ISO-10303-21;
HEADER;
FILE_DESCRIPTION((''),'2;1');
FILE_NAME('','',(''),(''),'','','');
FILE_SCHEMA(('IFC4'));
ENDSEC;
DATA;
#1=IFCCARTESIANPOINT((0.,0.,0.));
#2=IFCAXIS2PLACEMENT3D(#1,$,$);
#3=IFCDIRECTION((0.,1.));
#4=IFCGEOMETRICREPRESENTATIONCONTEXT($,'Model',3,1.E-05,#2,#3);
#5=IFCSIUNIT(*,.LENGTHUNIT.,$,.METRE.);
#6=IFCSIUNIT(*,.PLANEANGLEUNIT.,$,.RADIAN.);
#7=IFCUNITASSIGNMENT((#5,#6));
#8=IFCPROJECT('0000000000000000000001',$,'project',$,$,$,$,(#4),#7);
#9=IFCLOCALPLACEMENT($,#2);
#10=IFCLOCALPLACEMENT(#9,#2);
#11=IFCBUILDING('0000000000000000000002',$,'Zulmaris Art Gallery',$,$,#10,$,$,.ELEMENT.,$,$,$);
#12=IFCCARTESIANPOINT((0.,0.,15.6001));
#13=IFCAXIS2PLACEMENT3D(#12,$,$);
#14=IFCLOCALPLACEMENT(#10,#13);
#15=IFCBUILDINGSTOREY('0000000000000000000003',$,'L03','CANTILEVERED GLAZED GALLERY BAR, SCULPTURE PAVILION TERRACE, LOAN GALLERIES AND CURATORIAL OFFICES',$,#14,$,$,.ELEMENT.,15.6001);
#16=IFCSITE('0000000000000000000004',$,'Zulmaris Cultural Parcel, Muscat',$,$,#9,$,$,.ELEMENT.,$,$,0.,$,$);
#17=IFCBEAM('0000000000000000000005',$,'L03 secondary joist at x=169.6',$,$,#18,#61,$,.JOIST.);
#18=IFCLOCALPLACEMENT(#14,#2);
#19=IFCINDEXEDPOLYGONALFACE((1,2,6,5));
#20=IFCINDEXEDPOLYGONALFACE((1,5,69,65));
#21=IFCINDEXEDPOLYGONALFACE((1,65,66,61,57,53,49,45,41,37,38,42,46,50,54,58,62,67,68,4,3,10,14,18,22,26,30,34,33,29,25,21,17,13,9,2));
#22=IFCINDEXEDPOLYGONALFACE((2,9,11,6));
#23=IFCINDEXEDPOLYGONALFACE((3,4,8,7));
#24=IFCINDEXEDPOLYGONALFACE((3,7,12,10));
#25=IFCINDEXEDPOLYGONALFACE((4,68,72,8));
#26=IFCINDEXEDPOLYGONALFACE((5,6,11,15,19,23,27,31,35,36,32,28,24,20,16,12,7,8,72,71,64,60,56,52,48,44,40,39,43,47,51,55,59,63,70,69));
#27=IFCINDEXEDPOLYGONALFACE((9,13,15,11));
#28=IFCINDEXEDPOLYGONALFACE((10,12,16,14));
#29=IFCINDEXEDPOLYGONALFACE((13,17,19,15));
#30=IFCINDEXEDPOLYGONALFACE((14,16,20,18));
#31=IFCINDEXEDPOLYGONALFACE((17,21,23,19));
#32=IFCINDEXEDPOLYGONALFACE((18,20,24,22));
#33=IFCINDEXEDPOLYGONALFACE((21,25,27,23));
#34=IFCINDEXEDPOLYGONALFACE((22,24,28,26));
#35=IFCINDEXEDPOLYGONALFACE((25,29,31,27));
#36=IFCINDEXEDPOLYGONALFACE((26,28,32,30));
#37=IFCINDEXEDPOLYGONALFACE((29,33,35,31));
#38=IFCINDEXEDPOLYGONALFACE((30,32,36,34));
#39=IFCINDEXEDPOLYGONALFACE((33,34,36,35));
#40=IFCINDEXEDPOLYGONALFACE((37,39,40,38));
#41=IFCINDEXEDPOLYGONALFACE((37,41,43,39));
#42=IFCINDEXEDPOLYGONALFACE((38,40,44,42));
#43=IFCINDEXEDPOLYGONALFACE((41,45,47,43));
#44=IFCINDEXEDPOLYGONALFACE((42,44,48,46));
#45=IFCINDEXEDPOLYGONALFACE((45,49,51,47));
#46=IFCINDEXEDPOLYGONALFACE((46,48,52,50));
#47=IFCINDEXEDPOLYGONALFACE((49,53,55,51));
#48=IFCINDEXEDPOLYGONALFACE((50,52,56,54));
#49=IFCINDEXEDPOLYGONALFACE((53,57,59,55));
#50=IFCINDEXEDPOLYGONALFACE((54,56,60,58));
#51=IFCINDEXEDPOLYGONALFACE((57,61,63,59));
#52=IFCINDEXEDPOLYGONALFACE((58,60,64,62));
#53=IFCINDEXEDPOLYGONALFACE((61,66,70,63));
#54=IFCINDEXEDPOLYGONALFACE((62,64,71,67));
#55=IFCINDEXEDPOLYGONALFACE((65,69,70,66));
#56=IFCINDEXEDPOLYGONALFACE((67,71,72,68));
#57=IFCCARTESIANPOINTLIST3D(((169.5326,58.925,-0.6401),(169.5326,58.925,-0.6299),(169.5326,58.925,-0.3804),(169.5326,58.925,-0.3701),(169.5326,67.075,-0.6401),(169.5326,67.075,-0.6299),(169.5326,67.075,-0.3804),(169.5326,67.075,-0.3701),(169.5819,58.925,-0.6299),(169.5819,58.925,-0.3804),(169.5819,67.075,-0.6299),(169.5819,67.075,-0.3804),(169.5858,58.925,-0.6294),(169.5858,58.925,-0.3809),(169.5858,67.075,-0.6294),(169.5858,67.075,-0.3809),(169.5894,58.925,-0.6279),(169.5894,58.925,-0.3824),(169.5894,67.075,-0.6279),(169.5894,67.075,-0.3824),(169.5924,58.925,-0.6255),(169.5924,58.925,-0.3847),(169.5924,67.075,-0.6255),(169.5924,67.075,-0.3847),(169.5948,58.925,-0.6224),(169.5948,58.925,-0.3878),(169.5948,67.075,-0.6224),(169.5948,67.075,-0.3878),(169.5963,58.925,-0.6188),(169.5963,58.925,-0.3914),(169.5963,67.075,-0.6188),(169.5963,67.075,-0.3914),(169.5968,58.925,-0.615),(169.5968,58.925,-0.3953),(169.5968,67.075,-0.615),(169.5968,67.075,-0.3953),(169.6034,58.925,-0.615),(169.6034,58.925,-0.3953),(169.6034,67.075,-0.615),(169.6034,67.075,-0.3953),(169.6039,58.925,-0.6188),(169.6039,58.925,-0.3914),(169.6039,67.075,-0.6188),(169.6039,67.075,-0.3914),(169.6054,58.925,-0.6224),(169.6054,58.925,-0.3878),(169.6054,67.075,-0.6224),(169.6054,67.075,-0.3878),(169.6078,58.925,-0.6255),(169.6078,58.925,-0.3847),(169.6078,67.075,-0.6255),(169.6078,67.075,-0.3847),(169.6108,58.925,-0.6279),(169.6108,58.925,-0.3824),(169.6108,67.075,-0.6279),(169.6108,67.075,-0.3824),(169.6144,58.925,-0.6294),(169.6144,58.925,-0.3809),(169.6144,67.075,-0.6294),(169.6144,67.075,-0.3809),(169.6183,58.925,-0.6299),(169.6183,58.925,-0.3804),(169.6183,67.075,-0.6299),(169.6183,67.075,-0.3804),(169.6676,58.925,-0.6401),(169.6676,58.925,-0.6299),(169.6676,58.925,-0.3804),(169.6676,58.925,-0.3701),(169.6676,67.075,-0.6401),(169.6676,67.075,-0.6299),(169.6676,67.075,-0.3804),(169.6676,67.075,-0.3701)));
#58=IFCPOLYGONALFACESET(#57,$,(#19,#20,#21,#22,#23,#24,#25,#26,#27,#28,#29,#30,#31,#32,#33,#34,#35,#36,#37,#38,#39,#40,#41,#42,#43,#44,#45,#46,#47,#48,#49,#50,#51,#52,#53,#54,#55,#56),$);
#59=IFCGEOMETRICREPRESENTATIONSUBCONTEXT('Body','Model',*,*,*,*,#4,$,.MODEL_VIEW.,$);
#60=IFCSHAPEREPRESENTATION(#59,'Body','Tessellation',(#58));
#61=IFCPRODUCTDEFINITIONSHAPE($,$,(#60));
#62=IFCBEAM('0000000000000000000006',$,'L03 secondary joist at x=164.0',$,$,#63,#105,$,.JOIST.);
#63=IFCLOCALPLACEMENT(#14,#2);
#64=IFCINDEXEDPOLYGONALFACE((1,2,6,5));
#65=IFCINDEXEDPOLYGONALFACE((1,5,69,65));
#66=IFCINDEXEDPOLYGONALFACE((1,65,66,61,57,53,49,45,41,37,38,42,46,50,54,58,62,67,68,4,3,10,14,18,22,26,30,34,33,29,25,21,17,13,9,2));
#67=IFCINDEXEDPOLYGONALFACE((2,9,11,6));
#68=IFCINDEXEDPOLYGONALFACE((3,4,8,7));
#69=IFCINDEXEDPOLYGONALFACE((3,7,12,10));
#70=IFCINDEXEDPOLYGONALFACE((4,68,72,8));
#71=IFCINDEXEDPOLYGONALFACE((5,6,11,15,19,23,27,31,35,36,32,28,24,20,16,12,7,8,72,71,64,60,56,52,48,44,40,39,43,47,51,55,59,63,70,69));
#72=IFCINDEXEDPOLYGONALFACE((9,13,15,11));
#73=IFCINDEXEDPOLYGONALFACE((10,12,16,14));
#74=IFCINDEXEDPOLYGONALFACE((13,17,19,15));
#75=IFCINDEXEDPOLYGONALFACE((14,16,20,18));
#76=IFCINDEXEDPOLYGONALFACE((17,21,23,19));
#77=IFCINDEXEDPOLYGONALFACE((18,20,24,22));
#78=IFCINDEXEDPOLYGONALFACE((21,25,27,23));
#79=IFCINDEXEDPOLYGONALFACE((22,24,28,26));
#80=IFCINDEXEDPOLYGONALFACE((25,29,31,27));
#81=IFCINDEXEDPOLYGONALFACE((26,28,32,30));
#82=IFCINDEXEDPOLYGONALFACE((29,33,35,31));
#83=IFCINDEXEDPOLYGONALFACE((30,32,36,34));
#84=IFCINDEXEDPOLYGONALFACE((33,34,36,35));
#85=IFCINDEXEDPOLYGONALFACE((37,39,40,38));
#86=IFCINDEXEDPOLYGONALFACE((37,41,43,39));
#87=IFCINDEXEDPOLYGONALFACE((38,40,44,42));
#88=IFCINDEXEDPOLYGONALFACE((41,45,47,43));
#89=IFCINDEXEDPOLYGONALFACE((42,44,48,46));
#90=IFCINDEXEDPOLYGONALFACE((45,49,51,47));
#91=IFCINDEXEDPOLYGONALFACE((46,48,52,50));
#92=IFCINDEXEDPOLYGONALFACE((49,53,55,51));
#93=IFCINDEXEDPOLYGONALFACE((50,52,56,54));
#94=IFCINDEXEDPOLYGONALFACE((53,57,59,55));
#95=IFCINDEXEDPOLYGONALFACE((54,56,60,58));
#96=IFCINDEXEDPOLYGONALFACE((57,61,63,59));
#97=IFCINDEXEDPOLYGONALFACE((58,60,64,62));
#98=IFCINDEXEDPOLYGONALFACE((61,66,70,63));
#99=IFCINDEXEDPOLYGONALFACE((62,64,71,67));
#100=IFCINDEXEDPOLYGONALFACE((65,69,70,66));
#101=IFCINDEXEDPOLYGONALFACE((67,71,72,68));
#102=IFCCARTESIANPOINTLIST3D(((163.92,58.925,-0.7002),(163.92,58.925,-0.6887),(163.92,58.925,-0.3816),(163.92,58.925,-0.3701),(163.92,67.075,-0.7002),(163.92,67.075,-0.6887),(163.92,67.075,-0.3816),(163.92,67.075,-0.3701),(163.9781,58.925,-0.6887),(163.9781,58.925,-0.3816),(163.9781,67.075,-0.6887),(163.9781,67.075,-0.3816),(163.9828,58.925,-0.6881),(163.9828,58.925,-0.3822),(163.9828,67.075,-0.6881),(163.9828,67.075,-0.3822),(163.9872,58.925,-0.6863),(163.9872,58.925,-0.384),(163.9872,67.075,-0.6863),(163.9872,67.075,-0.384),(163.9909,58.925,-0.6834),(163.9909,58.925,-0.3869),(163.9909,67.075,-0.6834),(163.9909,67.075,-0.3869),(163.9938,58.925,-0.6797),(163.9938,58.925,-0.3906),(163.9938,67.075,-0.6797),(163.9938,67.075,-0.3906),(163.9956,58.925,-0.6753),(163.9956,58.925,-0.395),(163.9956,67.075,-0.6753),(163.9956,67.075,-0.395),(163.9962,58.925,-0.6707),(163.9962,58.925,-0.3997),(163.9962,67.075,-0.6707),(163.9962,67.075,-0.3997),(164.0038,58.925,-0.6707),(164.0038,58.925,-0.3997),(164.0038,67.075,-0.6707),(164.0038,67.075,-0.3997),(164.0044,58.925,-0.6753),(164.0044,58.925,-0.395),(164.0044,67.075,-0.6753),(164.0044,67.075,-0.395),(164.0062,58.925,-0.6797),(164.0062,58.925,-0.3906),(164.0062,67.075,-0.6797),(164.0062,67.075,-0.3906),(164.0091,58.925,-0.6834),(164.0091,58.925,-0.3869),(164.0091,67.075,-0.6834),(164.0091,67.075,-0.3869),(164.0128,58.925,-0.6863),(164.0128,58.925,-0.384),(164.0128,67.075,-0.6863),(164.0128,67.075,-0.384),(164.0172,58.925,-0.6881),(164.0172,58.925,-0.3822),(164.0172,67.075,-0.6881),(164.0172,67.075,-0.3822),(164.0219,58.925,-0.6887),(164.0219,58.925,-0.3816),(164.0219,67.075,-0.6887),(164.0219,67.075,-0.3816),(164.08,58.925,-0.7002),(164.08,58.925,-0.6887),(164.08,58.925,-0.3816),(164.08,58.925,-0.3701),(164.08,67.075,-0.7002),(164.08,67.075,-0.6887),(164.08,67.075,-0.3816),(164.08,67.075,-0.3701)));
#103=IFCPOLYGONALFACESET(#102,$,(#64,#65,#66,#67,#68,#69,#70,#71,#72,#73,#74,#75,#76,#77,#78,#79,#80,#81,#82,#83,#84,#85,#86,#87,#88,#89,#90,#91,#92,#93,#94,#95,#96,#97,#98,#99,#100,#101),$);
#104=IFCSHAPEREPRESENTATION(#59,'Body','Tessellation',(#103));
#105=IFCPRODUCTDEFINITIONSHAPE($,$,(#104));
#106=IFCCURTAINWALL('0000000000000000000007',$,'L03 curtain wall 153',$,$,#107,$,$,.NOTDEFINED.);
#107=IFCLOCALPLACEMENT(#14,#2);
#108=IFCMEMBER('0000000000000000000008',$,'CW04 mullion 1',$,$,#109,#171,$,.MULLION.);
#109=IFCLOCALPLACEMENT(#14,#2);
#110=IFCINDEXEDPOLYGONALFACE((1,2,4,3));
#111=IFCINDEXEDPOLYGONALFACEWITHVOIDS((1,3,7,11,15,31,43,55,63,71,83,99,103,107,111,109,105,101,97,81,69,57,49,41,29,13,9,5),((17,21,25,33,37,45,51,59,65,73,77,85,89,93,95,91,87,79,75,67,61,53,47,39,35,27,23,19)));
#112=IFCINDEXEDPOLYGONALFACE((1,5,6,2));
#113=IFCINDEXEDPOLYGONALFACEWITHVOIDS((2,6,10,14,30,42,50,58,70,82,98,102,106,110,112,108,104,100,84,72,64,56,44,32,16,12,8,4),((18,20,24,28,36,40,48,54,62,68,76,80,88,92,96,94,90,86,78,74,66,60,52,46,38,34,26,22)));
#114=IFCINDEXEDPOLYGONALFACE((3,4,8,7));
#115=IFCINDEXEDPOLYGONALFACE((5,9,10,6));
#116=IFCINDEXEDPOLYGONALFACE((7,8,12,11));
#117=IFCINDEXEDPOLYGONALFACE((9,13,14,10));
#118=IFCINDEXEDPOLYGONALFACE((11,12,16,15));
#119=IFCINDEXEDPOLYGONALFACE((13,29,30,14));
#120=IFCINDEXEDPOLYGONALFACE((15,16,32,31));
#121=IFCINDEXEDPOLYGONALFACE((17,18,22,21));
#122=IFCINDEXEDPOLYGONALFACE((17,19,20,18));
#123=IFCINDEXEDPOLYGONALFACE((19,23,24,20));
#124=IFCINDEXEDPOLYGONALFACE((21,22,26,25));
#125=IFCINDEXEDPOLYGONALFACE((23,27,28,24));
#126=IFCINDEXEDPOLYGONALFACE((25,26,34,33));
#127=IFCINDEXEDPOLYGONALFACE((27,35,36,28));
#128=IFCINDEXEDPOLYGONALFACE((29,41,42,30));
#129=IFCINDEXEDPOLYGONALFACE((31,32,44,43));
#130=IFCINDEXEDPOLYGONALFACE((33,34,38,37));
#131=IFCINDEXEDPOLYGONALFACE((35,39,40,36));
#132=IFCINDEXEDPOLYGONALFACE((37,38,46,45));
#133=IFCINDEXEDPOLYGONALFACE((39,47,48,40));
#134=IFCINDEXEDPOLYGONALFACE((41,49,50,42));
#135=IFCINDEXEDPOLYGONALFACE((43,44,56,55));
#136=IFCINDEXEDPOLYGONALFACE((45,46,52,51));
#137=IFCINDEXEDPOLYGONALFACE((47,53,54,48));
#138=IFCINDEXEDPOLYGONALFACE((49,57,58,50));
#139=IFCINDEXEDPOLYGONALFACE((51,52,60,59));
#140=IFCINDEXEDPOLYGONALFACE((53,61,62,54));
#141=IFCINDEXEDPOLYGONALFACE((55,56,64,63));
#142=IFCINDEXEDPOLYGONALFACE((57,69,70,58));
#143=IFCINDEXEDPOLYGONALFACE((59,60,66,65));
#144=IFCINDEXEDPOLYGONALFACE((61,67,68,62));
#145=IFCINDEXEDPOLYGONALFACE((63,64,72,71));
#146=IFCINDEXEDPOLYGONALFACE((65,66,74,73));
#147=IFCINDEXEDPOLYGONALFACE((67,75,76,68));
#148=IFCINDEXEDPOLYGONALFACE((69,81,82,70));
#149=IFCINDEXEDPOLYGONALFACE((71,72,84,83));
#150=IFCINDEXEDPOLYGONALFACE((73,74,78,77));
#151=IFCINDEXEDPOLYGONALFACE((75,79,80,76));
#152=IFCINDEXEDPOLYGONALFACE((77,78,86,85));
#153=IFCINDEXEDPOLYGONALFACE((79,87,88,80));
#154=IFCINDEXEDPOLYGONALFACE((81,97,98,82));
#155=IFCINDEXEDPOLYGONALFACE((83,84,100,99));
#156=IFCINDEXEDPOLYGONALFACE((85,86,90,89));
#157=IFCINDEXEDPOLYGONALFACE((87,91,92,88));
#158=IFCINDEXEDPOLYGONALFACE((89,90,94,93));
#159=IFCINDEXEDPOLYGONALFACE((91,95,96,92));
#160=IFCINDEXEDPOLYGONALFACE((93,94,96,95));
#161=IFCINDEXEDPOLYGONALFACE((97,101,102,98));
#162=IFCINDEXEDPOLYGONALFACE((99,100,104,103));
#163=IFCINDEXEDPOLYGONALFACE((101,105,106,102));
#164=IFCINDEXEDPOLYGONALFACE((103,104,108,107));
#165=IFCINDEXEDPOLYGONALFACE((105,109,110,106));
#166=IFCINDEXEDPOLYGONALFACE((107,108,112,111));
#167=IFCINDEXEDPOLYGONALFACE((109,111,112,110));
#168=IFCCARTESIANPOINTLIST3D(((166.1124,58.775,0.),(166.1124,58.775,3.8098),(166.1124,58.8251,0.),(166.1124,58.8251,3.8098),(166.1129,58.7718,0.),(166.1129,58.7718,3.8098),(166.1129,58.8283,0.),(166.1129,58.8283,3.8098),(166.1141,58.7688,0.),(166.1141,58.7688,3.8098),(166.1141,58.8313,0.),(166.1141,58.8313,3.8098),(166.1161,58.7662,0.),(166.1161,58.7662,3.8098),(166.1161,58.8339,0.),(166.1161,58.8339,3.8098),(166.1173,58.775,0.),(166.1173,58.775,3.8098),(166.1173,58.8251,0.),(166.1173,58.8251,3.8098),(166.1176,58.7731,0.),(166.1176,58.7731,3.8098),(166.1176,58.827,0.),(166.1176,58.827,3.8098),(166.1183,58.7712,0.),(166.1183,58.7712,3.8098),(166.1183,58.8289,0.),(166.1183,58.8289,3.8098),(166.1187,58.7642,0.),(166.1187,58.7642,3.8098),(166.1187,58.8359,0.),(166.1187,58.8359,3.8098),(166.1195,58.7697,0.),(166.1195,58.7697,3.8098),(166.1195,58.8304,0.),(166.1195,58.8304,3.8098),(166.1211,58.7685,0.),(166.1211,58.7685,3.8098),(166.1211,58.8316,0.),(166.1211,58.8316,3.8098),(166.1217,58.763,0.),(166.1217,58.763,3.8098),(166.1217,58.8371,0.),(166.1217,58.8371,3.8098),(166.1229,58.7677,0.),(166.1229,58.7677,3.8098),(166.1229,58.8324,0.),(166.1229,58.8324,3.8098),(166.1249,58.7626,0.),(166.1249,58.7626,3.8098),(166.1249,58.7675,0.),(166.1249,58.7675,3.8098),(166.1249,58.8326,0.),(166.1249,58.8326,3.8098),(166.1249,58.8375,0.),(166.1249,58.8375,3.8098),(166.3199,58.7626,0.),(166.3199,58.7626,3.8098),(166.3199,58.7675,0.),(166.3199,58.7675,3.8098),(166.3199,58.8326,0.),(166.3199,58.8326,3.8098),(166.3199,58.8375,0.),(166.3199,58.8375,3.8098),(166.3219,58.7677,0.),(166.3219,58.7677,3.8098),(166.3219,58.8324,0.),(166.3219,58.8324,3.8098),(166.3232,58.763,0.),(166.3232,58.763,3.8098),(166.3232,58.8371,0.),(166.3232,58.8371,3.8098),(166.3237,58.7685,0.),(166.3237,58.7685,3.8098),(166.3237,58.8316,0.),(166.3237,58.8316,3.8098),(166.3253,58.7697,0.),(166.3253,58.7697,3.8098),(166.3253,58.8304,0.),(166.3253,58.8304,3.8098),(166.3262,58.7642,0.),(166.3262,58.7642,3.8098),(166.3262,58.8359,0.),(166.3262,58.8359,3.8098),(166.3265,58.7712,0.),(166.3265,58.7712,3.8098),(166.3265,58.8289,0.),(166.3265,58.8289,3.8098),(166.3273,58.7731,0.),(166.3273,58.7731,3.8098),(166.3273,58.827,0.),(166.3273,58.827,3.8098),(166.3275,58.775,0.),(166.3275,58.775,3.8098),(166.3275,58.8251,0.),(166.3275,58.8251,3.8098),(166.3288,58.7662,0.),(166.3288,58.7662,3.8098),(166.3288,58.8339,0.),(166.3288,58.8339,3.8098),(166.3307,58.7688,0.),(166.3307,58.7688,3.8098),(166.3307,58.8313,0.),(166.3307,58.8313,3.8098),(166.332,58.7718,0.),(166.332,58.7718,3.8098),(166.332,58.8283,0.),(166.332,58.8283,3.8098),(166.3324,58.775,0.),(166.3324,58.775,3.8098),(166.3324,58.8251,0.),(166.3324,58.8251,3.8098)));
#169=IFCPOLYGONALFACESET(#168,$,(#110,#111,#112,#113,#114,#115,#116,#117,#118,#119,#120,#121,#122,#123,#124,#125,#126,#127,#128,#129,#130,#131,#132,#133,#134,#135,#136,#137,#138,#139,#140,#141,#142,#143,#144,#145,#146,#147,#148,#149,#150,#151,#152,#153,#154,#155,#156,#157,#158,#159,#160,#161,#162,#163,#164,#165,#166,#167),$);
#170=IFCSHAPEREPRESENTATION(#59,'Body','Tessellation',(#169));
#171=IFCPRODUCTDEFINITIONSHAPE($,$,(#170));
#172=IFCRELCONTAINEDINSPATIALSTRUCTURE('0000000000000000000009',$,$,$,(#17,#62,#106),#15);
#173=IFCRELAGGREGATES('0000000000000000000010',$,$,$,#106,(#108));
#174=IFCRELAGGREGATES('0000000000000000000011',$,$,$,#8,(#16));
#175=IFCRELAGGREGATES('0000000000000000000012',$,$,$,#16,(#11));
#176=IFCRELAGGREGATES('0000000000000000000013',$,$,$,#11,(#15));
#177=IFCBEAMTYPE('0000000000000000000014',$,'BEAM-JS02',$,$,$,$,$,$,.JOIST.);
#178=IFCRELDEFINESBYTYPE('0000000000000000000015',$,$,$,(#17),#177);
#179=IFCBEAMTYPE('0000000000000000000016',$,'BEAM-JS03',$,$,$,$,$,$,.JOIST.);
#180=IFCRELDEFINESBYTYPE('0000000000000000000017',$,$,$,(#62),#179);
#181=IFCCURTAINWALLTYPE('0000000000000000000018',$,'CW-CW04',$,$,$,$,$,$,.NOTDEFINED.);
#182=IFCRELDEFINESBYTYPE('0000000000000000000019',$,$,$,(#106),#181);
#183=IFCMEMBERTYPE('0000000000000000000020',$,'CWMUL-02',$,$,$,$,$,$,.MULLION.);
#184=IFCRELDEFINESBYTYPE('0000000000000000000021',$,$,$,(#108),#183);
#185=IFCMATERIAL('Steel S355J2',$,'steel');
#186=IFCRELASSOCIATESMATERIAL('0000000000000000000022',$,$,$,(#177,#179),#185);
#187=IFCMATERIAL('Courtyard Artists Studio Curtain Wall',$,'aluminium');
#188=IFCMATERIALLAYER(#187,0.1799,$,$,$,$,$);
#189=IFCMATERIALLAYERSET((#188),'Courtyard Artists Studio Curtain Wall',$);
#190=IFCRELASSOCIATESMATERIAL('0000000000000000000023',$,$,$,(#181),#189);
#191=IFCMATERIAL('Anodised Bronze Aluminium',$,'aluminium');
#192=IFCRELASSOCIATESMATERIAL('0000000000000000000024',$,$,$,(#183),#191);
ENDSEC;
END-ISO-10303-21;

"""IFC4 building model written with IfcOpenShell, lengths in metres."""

from ifc_helpers import new_model, si_unit, direction, frame, origin, origin_2d, place, context, subcontext, project, spatial, hollow_rectangle, i_section, extrude, material, layer, layer_set, material_profile, profile_set, type_object, element, aggregate, save


model = new_model("IFC4")

# Units and contexts
model_context = context("Model", 3, precision=1e-05, world=origin(), true_north=direction((0.0, 1.0)))
body_context = subcontext(model_context, "Body", "Model", "MODEL_VIEW")
ifc_project = project(units=[si_unit("LENGTHUNIT", "METRE"), si_unit("PLANEANGLEUNIT", "RADIAN")], contexts=[model_context])

# Site, building, storey
site_placement = place(None, origin())
site = spatial("IfcSite", under=ifc_project, at=site_placement, Name="Zulmaris Cultural Parcel, Muscat", CompositionType="ELEMENT", RefElevation=0.0)
building_placement = place(site_placement, origin())
building = spatial("IfcBuilding", under=site, at=building_placement, Name="Zulmaris Art Gallery", CompositionType="ELEMENT")
storey_placement = place(building_placement, frame((0.0, 0.0, 15.6001)))
storey = spatial("IfcBuildingStorey", under=building, at=storey_placement, Name="L03", Description="CANTILEVERED GLAZED GALLERY BAR, SCULPTURE PAVILION TERRACE, LOAN GALLERIES AND CURATORIAL OFFICES", CompositionType="ELEMENT", Elevation=15.6001)

# Beams
ifc_material_1 = material(Name="Steel S355J2", Category="steel")
ifc_material_profile_1 = material_profile(ifc_material_1, i_section(OverallWidth=0.135, OverallDepth=0.27, WebThickness=0.0066, FlangeThickness=0.0103, FilletRadius=0.0149, at=origin_2d()), Name="IPE 270")
ifc_profile_set_1 = profile_set([ifc_material_profile_1], Name="Steel S355J2")
beam_type_1 = type_object("IfcBeamType", Name="BEAM-JS02", PredefinedType="JOIST", material=ifc_profile_set_1)
for number, where, z_axis, x_axis, name in (
    (1, (169.6001, 58.925, -0.5051), (0.0, 1.0, 0.0), (-1.0, 0.0, 0.0), "L03 secondary joist at x=169.6"),
):
    element("IfcBeam", number, at=place(storey_placement, frame(where, z_axis=z_axis, x_axis=x_axis)), inside=storey, type_object=beam_type_1, Name=name, PredefinedType="JOIST", context=body_context, shape_type="SweptSolid", body=[
        extrude(i_section(OverallWidth=0.135, OverallDepth=0.27, WebThickness=0.0066, FlangeThickness=0.0103, FilletRadius=0.0149, at=origin_2d()), origin(), (0.0, 0.0, 1.0), 8.1499),
    ])
ifc_material_profile_2 = material_profile(ifc_material_1, i_section(OverallWidth=0.1599, OverallDepth=0.3301, WebThickness=0.0076, FlangeThickness=0.0115, FilletRadius=0.0181, at=origin_2d()), Name="IPE 330")
ifc_profile_set_2 = profile_set([ifc_material_profile_2], Name="Steel S355J2")
beam_type_2 = type_object("IfcBeamType", Name="BEAM-JS03", PredefinedType="JOIST", material=ifc_profile_set_2)
beam_1_placement = place(storey_placement, frame((164.0, 58.925, -0.5352), z_axis=(0.0, 1.0, 0.0), x_axis=(-1.0, 0.0, 0.0)))
element("IfcBeam", 2, at=beam_1_placement, inside=storey, type_object=beam_type_2, Name="L03 secondary joist at x=164.0", PredefinedType="JOIST", context=body_context, shape_type="SweptSolid", body=[
    extrude(i_section(OverallWidth=0.1599, OverallDepth=0.3301, WebThickness=0.0076, FlangeThickness=0.0115, FilletRadius=0.0181, at=origin_2d()), origin(), (0.0, 0.0, 1.0), 8.1499),
])

# Curtain wall, member
ifc_material_2 = material(Name="Courtyard Artists Studio Curtain Wall", Category="aluminium")
ifc_layer_1 = layer(ifc_material_2, 0.1799)
ifc_layer_set_1 = layer_set([ifc_layer_1], Name="Courtyard Artists Studio Curtain Wall")
curtain_wall_type = type_object("IfcCurtainWallType", Name="CW-CW04", PredefinedType="NOTDEFINED", material=ifc_layer_set_1)
curtain_wall_1_placement = place(storey_placement, origin())
curtain_wall_1 = element("IfcCurtainWall", 3, at=curtain_wall_1_placement, inside=storey, type_object=curtain_wall_type, Name="L03 curtain wall 153", PredefinedType="NOTDEFINED")
ifc_material_3 = material(Name="Anodised Bronze Aluminium", Category="aluminium")
ifc_material_profile_3 = material_profile(ifc_material_3, hollow_rectangle(XDim=0.075, YDim=0.22, WallThickness=0.0049, InnerFilletRadius=0.0076, OuterFilletRadius=0.0125, at=origin_2d()), Name="ALU 75x220x5")
ifc_profile_set_3 = profile_set([ifc_material_profile_3], Name="Anodised Bronze Aluminium")
member_type_1 = type_object("IfcMemberType", Name="CWMUL-02", PredefinedType="MULLION", material=ifc_profile_set_3)
member_1_placement = place(storey_placement, frame((166.2224, 58.8, 0.0), z_axis=(0.0, 0.0, 1.0), x_axis=(0.0, -1.0, 0.0)))
member_1 = element("IfcMember", 4, at=member_1_placement, type_object=member_type_1, Name="CW04 mullion 1", PredefinedType="MULLION", context=body_context, shape_type="SweptSolid", body=[
    extrude(hollow_rectangle(XDim=0.075, YDim=0.22, WallThickness=0.0049, InnerFilletRadius=0.0076, OuterFilletRadius=0.0125, at=origin_2d()), origin(), (0.0, 0.0, 1.0), 3.8098),
])
aggregate(curtain_wall_1, [member_1])

save(model, "model.ifc")
